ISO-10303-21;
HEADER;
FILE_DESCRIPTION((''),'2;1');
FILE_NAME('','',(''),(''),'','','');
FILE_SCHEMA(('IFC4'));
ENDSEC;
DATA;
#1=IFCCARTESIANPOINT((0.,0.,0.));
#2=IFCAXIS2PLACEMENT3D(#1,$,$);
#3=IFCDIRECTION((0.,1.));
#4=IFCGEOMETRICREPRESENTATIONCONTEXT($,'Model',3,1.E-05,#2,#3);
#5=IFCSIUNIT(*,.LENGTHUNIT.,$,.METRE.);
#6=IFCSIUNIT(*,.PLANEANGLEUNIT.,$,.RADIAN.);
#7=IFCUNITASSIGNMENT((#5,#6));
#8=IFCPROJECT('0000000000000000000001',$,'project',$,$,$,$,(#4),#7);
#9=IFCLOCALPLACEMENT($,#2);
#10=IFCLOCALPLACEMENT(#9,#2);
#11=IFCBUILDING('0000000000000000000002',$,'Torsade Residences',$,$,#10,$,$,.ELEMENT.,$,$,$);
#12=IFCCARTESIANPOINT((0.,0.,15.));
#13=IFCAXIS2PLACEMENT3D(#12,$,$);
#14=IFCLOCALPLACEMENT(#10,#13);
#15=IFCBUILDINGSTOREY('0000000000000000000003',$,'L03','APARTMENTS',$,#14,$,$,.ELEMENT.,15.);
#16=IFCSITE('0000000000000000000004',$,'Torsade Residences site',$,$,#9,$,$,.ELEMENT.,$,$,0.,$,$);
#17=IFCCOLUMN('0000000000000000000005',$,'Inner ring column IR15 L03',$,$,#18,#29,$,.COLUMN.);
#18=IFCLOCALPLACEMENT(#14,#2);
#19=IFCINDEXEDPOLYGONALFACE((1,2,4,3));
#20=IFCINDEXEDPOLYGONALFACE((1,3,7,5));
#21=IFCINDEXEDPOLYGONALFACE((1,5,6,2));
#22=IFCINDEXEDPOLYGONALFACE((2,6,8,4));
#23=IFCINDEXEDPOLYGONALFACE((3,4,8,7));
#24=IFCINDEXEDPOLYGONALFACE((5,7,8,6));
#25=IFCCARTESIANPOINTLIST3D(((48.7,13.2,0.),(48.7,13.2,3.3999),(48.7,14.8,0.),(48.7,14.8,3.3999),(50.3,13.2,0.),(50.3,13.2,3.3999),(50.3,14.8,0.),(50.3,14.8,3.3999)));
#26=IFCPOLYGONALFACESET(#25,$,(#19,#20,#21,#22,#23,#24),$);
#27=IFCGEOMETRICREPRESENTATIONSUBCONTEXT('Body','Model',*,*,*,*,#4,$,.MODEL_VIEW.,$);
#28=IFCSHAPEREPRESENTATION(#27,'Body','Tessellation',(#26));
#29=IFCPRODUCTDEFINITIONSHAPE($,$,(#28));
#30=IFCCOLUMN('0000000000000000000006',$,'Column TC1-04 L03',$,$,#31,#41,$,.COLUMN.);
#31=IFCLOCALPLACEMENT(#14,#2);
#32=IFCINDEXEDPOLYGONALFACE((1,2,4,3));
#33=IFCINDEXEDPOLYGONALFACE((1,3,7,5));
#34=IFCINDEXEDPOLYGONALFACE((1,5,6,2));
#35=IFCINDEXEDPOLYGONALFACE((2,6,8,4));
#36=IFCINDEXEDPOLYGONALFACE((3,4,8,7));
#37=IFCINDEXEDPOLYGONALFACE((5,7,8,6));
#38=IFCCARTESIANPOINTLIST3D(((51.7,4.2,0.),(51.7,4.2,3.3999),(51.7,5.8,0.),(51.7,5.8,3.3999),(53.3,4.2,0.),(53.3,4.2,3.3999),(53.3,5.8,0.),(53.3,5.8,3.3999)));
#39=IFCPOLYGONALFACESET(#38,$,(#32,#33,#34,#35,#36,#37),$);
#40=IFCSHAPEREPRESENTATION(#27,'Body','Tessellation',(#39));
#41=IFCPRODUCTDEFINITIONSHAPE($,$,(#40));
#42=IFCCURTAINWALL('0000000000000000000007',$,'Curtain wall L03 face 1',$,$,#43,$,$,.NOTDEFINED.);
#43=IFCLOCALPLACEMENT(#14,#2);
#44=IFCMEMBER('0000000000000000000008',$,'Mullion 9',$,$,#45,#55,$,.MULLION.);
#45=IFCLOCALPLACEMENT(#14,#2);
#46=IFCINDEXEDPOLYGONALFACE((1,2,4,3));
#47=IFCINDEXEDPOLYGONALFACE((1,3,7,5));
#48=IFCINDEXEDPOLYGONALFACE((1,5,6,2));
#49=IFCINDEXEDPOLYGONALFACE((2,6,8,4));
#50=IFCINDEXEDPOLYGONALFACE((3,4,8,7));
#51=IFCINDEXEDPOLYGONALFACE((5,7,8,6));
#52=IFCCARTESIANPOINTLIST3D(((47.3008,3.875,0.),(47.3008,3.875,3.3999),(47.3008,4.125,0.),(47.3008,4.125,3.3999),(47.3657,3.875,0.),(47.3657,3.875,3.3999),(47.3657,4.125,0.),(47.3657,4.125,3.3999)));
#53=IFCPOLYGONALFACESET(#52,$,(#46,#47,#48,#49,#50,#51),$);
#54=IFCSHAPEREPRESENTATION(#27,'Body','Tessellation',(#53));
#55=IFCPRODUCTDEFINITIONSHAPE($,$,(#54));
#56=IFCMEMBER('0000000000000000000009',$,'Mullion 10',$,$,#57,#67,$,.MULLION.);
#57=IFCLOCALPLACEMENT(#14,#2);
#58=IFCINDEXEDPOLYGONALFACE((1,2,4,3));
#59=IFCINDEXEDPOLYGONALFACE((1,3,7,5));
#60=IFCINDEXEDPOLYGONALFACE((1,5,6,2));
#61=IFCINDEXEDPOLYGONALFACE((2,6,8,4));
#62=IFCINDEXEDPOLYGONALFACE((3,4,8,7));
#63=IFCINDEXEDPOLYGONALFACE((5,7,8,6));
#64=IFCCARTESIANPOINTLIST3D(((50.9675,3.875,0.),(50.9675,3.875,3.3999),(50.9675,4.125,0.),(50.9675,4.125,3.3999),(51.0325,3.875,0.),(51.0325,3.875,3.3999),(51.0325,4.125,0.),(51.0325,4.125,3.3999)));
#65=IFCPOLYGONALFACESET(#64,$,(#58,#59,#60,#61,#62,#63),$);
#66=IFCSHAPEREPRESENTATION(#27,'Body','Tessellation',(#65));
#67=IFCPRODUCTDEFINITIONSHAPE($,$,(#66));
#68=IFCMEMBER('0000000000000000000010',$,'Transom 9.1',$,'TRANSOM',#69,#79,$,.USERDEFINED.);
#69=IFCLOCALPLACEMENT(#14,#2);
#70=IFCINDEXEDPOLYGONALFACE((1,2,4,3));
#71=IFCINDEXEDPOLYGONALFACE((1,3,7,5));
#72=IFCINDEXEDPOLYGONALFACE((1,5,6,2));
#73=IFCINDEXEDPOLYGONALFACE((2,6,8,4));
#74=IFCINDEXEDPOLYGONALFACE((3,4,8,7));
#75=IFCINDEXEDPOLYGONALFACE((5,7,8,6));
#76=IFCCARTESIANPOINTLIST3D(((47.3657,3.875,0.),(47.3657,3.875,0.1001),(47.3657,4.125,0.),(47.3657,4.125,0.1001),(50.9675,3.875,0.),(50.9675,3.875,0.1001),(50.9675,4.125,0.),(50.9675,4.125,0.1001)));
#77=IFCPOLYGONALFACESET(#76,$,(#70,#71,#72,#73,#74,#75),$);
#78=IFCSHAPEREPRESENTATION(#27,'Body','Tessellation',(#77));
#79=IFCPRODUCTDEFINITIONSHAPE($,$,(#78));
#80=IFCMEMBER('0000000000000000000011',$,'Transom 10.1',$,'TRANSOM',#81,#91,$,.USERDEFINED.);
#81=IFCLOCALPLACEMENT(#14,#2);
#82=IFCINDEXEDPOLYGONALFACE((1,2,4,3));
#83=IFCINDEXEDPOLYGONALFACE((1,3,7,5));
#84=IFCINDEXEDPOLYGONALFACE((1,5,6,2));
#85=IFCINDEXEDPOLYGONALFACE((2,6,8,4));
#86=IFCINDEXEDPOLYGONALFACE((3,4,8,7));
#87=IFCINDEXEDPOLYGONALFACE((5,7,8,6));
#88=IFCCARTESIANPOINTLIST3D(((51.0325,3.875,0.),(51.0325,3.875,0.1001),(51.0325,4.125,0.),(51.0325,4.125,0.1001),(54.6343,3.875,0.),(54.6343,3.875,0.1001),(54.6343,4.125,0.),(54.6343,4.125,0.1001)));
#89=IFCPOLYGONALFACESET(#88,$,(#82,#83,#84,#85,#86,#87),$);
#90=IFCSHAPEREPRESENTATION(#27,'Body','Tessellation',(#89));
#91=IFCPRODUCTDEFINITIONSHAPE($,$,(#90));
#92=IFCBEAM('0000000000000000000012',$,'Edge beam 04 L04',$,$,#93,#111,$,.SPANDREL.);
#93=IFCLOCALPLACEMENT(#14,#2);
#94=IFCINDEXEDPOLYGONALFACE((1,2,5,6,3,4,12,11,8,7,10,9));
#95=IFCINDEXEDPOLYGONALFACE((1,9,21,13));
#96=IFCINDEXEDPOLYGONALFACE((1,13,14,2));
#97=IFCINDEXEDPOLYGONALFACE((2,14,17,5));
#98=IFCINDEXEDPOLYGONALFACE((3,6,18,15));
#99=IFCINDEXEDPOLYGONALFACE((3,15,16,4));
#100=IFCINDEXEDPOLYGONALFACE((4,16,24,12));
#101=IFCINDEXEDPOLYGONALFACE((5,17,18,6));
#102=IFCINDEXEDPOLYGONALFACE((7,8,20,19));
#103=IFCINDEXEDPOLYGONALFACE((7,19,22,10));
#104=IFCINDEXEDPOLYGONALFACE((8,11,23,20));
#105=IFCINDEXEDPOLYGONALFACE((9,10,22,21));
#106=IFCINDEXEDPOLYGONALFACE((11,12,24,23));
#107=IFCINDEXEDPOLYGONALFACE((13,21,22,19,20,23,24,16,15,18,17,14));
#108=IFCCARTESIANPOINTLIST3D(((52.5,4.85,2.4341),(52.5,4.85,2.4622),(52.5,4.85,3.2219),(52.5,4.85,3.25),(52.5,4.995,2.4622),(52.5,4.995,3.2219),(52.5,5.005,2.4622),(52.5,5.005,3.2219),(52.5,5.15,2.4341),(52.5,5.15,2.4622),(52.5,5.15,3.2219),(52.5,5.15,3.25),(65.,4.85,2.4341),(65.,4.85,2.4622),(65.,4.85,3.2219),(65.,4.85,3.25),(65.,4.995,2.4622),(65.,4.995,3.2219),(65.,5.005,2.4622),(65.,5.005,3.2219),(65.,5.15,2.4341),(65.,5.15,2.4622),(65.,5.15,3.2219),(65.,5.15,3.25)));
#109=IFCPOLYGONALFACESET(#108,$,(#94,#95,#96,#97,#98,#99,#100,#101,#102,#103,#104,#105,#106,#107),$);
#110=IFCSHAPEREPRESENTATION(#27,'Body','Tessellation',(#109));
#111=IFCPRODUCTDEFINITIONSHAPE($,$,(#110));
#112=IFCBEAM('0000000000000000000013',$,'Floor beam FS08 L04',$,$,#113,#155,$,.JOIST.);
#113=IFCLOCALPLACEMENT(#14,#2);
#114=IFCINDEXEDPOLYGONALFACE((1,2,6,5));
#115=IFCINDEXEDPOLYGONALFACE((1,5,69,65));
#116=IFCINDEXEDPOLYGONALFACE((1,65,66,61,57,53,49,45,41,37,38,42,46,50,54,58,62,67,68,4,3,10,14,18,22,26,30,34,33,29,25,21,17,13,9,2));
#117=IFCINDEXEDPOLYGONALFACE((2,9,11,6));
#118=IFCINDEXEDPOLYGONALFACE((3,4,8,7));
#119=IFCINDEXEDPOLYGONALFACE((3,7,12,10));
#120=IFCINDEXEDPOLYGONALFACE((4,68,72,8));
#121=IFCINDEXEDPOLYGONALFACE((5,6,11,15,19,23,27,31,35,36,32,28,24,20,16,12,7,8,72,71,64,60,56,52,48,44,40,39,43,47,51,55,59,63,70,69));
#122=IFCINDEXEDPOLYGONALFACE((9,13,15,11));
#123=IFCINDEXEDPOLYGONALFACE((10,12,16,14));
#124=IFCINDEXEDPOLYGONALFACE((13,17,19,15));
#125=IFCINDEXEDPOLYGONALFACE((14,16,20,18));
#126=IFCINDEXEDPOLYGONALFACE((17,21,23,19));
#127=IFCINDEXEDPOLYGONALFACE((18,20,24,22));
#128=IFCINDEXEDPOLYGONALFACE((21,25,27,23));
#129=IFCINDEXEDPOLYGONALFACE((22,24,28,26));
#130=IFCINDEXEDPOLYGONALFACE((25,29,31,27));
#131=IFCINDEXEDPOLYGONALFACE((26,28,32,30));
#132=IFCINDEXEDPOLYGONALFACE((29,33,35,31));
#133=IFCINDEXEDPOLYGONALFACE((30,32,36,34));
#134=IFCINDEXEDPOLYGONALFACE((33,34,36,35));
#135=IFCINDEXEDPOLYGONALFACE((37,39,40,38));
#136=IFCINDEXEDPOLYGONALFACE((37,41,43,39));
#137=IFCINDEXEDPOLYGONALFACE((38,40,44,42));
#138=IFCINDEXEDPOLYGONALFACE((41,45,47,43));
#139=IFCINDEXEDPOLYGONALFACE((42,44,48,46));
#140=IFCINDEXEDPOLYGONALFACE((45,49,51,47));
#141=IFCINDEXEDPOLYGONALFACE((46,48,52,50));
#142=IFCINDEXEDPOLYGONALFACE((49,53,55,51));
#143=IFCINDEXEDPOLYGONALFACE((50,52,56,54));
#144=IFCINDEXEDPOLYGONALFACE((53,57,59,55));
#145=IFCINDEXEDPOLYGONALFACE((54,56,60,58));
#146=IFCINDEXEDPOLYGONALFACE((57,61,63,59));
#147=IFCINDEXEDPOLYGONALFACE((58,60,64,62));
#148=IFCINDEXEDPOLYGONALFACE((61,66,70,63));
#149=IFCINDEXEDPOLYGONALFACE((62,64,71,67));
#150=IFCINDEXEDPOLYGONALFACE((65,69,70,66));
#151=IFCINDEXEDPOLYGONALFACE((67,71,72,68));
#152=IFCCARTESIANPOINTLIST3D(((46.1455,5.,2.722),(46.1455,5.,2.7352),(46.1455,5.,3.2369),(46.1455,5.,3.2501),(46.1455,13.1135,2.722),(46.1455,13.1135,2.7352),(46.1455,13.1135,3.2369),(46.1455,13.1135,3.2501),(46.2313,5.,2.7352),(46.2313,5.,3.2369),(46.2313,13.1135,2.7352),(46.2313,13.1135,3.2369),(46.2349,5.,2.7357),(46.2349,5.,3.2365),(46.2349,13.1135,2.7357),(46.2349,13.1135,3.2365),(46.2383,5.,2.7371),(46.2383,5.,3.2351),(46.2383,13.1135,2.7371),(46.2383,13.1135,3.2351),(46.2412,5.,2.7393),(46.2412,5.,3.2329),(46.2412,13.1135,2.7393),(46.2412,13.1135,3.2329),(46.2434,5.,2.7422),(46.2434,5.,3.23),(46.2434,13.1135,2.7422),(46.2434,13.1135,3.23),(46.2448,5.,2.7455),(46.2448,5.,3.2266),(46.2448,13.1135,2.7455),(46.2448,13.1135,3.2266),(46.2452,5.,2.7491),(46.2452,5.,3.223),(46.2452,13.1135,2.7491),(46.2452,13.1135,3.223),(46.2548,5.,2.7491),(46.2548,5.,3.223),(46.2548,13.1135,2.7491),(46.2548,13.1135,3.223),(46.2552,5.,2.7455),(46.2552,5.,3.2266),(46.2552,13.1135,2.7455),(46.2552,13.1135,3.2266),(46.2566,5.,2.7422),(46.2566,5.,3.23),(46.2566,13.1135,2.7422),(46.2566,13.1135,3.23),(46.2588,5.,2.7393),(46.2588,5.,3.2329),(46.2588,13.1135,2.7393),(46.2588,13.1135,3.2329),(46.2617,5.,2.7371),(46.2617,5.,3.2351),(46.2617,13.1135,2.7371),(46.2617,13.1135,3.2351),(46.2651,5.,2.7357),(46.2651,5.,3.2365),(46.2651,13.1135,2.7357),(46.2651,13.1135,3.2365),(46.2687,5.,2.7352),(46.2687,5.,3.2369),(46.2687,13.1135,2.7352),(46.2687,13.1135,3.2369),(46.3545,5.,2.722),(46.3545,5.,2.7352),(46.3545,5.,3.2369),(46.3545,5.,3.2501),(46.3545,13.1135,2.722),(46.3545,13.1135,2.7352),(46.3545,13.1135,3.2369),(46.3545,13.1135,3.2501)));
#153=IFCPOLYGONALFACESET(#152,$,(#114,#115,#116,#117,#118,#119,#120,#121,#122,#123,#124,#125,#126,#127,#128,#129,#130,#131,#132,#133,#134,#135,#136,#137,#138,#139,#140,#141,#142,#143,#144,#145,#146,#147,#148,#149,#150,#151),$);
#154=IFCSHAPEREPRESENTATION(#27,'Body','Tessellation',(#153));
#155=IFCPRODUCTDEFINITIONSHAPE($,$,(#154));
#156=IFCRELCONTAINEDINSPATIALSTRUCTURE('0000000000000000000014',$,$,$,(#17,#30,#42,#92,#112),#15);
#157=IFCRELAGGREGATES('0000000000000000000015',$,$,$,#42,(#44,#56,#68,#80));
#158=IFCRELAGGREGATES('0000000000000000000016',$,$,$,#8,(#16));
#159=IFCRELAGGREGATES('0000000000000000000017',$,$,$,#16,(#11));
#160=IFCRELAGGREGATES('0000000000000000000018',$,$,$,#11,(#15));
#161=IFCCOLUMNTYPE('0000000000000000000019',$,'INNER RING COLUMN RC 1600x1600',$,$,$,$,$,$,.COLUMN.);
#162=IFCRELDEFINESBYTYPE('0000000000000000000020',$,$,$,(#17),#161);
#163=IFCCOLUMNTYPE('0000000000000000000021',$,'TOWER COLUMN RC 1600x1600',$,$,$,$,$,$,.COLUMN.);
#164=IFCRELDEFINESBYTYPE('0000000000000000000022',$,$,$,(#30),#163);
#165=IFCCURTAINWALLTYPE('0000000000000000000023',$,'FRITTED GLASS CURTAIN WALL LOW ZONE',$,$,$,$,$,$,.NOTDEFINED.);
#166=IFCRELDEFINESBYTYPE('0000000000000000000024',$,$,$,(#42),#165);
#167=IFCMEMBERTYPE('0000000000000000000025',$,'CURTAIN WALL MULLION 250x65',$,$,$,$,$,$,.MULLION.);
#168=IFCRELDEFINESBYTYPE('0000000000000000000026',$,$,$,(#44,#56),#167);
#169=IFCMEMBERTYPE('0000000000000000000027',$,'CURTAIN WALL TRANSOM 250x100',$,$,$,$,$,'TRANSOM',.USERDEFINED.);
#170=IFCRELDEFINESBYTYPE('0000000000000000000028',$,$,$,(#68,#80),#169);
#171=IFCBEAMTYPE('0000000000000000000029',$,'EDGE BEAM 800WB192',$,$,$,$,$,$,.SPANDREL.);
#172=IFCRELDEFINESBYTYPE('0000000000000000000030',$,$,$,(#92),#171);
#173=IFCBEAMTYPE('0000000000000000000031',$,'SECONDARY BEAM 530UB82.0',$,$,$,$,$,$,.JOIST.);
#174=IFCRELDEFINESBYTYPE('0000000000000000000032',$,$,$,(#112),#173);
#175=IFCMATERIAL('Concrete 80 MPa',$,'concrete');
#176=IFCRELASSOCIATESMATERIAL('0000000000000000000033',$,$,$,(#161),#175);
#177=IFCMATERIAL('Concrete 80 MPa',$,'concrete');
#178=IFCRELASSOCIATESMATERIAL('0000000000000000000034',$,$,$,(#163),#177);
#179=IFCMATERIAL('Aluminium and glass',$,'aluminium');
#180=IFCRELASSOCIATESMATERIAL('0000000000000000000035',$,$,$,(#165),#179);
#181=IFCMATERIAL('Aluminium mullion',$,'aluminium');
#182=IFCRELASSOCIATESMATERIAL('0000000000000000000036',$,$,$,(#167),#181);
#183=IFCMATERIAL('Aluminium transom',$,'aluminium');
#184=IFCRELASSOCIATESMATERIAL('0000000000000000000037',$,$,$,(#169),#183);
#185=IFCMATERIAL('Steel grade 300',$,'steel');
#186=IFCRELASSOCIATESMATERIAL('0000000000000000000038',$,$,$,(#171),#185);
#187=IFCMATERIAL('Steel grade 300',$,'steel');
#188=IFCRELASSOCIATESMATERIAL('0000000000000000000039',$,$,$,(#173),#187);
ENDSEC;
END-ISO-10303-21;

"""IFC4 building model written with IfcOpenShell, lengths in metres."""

from ifc_helpers import new_model, si_unit, direction, frame, origin, origin_2d, place, context, subcontext, project, spatial, rectangle, i_section, extrude, material, material_profile, profile_set, type_object, element, aggregate, save


model = new_model("IFC4")

# Units and contexts
model_context = context("Model", 3, precision=1e-05, world=origin(), true_north=direction((0.0, 1.0)))
body_context = subcontext(model_context, "Body", "Model", "MODEL_VIEW")
ifc_project = project(units=[si_unit("LENGTHUNIT", "METRE"), si_unit("PLANEANGLEUNIT", "RADIAN")], contexts=[model_context])

# Site, building, storey
site_placement = place(None, origin())
site = spatial("IfcSite", under=ifc_project, at=site_placement, Name="Torsade Residences site", CompositionType="ELEMENT", RefElevation=0.0)
building_placement = place(site_placement, origin())
building = spatial("IfcBuilding", under=site, at=building_placement, Name="Torsade Residences", CompositionType="ELEMENT")
storey_placement = place(building_placement, frame((0.0, 0.0, 15.0)))
storey = spatial("IfcBuildingStorey", under=building, at=storey_placement, Name="L03", Description="APARTMENTS", CompositionType="ELEMENT", Elevation=15.0)

# Columns
ifc_material_1 = material(Name="Concrete 80 MPa", Category="concrete")
ifc_material_profile_1 = material_profile(ifc_material_1, rectangle(XDim=1.6001, YDim=1.6001, at=origin_2d()), Name="RC 1600x1600")
ifc_profile_set_1 = profile_set([ifc_material_profile_1], Name="Concrete 80 MPa")
column_type_1 = type_object("IfcColumnType", Name="INNER RING COLUMN RC 1600x1600", PredefinedType="COLUMN", material=ifc_profile_set_1)
column_1_placement = place(storey_placement, frame((49.5, 14.0, 0.0), z_axis=(0.0, 0.0, 1.0), x_axis=(1.0, 0.0, 0.0)))
element("IfcColumn", 1, at=column_1_placement, inside=storey, type_object=column_type_1, Name="Inner ring column IR15 L03", PredefinedType="COLUMN", context=body_context, shape_type="SweptSolid", body=[
    extrude(rectangle(XDim=1.6001, YDim=1.6001, at=origin_2d()), origin(), (0.0, 0.0, 1.0), 3.3999),
])
ifc_material_2 = material(Name="Concrete 80 MPa", Category="concrete")
ifc_material_profile_2 = material_profile(ifc_material_2, rectangle(XDim=1.6001, YDim=1.6001, at=origin_2d()), Name="RC 1600x1600")
ifc_profile_set_2 = profile_set([ifc_material_profile_2], Name="Concrete 80 MPa")
column_type_2 = type_object("IfcColumnType", Name="TOWER COLUMN RC 1600x1600", PredefinedType="COLUMN", material=ifc_profile_set_2)
column_2_placement = place(storey_placement, frame((52.5, 5.0, 0.0), z_axis=(0.0, 0.0, 1.0), x_axis=(1.0, 0.0, 0.0)))
element("IfcColumn", 2, at=column_2_placement, inside=storey, type_object=column_type_2, Name="Column TC1-04 L03", PredefinedType="COLUMN", context=body_context, shape_type="SweptSolid", body=[
    extrude(rectangle(XDim=1.6001, YDim=1.6001, at=origin_2d()), origin(), (0.0, 0.0, 1.0), 3.3999),
])

# Curtain wall, members
ifc_material_3 = material(Name="Aluminium and glass", Category="aluminium")
curtain_wall_type = type_object("IfcCurtainWallType", Name="FRITTED GLASS CURTAIN WALL LOW ZONE", PredefinedType="NOTDEFINED", material=ifc_material_3)
curtain_wall_placement = place(storey_placement, origin())
curtain_wall = element("IfcCurtainWall", 3, at=curtain_wall_placement, inside=storey, type_object=curtain_wall_type, Name="Curtain wall L03 face 1", PredefinedType="NOTDEFINED")
ifc_material_4 = material(Name="Aluminium mullion", Category="aluminium")
ifc_material_profile_3 = material_profile(ifc_material_4, rectangle(XDim=0.25, YDim=0.0649, at=origin_2d()), Name="CURTAIN WALL MULLION 250x65")
ifc_profile_set_3 = profile_set([ifc_material_profile_3], Name="Aluminium mullion")
member_type_1 = type_object("IfcMemberType", Name="CURTAIN WALL MULLION 250x65", PredefinedType="MULLION", material=ifc_profile_set_3)
member_1_placement = place(storey_placement, frame((47.3333, 4.0, 0.0), z_axis=(0.0, 0.0, 1.0), x_axis=(0.0, 1.0, 0.0)))
member_1 = element("IfcMember", 4, at=member_1_placement, type_object=member_type_1, Name="Mullion 9", PredefinedType="MULLION", context=body_context, shape_type="SweptSolid", body=[
    extrude(rectangle(XDim=0.25, YDim=0.0649, at=origin_2d()), origin(), (0.0, 0.0, 1.0), 3.3999),
])
member_2_placement = place(storey_placement, frame((51.0, 4.0, 0.0), z_axis=(0.0, 0.0, 1.0), x_axis=(0.0, 1.0, 0.0)))
member_2 = element("IfcMember", 5, at=member_2_placement, type_object=member_type_1, Name="Mullion 10", PredefinedType="MULLION", context=body_context, shape_type="SweptSolid", body=[
    extrude(rectangle(XDim=0.25, YDim=0.0649, at=origin_2d()), origin(), (0.0, 0.0, 1.0), 3.3999),
])
ifc_material_5 = material(Name="Aluminium transom", Category="aluminium")
ifc_material_profile_4 = material_profile(ifc_material_5, rectangle(XDim=0.25, YDim=0.1001, at=origin_2d()), Name="CURTAIN WALL TRANSOM 250x100")
ifc_profile_set_4 = profile_set([ifc_material_profile_4], Name="Aluminium transom")
member_type_2 = type_object("IfcMemberType", Name="CURTAIN WALL TRANSOM 250x100", ElementType="TRANSOM", PredefinedType="USERDEFINED", material=ifc_profile_set_4)
member_3_placement = place(storey_placement, frame((47.3657, 4.0, 0.05), z_axis=(1.0, 0.0, 0.0), x_axis=(0.0, 1.0, 0.0)))
member_3 = element("IfcMember", 6, at=member_3_placement, type_object=member_type_2, Name="Transom 9.1", ObjectType="TRANSOM", PredefinedType="USERDEFINED", context=body_context, shape_type="SweptSolid", body=[
    extrude(rectangle(XDim=0.25, YDim=0.1001, at=origin_2d()), origin(), (0.0, 0.0, 1.0), 3.6018),
])
member_4_placement = place(storey_placement, frame((51.0325, 4.0, 0.05), z_axis=(1.0, 0.0, 0.0), x_axis=(0.0, 1.0, 0.0)))
member_4 = element("IfcMember", 7, at=member_4_placement, type_object=member_type_2, Name="Transom 10.1", ObjectType="TRANSOM", PredefinedType="USERDEFINED", context=body_context, shape_type="SweptSolid", body=[
    extrude(rectangle(XDim=0.25, YDim=0.1001, at=origin_2d()), origin(), (0.0, 0.0, 1.0), 3.6018),
])

# Beams
ifc_material_6 = material(Name="Steel grade 300", Category="steel")
ifc_material_profile_5 = material_profile(ifc_material_6, i_section(OverallWidth=0.3, OverallDepth=0.8159, WebThickness=0.01, FlangeThickness=0.0281, at=origin_2d()), Name="800WB192")
ifc_profile_set_5 = profile_set([ifc_material_profile_5], Name="Steel grade 300")
beam_type_1 = type_object("IfcBeamType", Name="EDGE BEAM 800WB192", PredefinedType="SPANDREL", material=ifc_profile_set_5)
beam_1_placement = place(storey_placement, frame((52.5, 5.0, 2.842), z_axis=(1.0, 0.0, 0.0), x_axis=(0.0, 1.0, 0.0)))
element("IfcBeam", 8, at=beam_1_placement, inside=storey, type_object=beam_type_1, Name="Edge beam 04 L04", PredefinedType="SPANDREL", context=body_context, shape_type="SweptSolid", body=[
    extrude(i_section(OverallWidth=0.3, OverallDepth=0.8159, WebThickness=0.01, FlangeThickness=0.0281, at=origin_2d()), origin(), (0.0, 0.0, 1.0), 12.5),
])
ifc_material_7 = material(Name="Steel grade 300", Category="steel")
ifc_material_profile_6 = material_profile(ifc_material_7, i_section(OverallWidth=0.209, OverallDepth=0.5281, WebThickness=0.0095, FlangeThickness=0.0132, FilletRadius=0.0139, at=origin_2d()), Name="530UB82.0")
ifc_profile_set_6 = profile_set([ifc_material_profile_6], Name="Steel grade 300")
beam_type_2 = type_object("IfcBeamType", Name="SECONDARY BEAM 530UB82.0", PredefinedType="JOIST", material=ifc_profile_set_6)
beam_2_placement = place(storey_placement, frame((46.25, 5.0, 2.9861), z_axis=(0.0, 1.0, 0.0), x_axis=(-1.0, 0.0, 0.0)))
element("IfcBeam", 9, at=beam_2_placement, inside=storey, type_object=beam_type_2, Name="Floor beam FS08 L04", PredefinedType="JOIST", context=body_context, shape_type="SweptSolid", body=[
    extrude(i_section(OverallWidth=0.209, OverallDepth=0.5281, WebThickness=0.0095, FlangeThickness=0.0132, FilletRadius=0.0139, at=origin_2d()), origin(), (0.0, 0.0, 1.0), 8.1135),
])

aggregate(curtain_wall, [member_1, member_2, member_3, member_4])

save(model, "model.ifc")
